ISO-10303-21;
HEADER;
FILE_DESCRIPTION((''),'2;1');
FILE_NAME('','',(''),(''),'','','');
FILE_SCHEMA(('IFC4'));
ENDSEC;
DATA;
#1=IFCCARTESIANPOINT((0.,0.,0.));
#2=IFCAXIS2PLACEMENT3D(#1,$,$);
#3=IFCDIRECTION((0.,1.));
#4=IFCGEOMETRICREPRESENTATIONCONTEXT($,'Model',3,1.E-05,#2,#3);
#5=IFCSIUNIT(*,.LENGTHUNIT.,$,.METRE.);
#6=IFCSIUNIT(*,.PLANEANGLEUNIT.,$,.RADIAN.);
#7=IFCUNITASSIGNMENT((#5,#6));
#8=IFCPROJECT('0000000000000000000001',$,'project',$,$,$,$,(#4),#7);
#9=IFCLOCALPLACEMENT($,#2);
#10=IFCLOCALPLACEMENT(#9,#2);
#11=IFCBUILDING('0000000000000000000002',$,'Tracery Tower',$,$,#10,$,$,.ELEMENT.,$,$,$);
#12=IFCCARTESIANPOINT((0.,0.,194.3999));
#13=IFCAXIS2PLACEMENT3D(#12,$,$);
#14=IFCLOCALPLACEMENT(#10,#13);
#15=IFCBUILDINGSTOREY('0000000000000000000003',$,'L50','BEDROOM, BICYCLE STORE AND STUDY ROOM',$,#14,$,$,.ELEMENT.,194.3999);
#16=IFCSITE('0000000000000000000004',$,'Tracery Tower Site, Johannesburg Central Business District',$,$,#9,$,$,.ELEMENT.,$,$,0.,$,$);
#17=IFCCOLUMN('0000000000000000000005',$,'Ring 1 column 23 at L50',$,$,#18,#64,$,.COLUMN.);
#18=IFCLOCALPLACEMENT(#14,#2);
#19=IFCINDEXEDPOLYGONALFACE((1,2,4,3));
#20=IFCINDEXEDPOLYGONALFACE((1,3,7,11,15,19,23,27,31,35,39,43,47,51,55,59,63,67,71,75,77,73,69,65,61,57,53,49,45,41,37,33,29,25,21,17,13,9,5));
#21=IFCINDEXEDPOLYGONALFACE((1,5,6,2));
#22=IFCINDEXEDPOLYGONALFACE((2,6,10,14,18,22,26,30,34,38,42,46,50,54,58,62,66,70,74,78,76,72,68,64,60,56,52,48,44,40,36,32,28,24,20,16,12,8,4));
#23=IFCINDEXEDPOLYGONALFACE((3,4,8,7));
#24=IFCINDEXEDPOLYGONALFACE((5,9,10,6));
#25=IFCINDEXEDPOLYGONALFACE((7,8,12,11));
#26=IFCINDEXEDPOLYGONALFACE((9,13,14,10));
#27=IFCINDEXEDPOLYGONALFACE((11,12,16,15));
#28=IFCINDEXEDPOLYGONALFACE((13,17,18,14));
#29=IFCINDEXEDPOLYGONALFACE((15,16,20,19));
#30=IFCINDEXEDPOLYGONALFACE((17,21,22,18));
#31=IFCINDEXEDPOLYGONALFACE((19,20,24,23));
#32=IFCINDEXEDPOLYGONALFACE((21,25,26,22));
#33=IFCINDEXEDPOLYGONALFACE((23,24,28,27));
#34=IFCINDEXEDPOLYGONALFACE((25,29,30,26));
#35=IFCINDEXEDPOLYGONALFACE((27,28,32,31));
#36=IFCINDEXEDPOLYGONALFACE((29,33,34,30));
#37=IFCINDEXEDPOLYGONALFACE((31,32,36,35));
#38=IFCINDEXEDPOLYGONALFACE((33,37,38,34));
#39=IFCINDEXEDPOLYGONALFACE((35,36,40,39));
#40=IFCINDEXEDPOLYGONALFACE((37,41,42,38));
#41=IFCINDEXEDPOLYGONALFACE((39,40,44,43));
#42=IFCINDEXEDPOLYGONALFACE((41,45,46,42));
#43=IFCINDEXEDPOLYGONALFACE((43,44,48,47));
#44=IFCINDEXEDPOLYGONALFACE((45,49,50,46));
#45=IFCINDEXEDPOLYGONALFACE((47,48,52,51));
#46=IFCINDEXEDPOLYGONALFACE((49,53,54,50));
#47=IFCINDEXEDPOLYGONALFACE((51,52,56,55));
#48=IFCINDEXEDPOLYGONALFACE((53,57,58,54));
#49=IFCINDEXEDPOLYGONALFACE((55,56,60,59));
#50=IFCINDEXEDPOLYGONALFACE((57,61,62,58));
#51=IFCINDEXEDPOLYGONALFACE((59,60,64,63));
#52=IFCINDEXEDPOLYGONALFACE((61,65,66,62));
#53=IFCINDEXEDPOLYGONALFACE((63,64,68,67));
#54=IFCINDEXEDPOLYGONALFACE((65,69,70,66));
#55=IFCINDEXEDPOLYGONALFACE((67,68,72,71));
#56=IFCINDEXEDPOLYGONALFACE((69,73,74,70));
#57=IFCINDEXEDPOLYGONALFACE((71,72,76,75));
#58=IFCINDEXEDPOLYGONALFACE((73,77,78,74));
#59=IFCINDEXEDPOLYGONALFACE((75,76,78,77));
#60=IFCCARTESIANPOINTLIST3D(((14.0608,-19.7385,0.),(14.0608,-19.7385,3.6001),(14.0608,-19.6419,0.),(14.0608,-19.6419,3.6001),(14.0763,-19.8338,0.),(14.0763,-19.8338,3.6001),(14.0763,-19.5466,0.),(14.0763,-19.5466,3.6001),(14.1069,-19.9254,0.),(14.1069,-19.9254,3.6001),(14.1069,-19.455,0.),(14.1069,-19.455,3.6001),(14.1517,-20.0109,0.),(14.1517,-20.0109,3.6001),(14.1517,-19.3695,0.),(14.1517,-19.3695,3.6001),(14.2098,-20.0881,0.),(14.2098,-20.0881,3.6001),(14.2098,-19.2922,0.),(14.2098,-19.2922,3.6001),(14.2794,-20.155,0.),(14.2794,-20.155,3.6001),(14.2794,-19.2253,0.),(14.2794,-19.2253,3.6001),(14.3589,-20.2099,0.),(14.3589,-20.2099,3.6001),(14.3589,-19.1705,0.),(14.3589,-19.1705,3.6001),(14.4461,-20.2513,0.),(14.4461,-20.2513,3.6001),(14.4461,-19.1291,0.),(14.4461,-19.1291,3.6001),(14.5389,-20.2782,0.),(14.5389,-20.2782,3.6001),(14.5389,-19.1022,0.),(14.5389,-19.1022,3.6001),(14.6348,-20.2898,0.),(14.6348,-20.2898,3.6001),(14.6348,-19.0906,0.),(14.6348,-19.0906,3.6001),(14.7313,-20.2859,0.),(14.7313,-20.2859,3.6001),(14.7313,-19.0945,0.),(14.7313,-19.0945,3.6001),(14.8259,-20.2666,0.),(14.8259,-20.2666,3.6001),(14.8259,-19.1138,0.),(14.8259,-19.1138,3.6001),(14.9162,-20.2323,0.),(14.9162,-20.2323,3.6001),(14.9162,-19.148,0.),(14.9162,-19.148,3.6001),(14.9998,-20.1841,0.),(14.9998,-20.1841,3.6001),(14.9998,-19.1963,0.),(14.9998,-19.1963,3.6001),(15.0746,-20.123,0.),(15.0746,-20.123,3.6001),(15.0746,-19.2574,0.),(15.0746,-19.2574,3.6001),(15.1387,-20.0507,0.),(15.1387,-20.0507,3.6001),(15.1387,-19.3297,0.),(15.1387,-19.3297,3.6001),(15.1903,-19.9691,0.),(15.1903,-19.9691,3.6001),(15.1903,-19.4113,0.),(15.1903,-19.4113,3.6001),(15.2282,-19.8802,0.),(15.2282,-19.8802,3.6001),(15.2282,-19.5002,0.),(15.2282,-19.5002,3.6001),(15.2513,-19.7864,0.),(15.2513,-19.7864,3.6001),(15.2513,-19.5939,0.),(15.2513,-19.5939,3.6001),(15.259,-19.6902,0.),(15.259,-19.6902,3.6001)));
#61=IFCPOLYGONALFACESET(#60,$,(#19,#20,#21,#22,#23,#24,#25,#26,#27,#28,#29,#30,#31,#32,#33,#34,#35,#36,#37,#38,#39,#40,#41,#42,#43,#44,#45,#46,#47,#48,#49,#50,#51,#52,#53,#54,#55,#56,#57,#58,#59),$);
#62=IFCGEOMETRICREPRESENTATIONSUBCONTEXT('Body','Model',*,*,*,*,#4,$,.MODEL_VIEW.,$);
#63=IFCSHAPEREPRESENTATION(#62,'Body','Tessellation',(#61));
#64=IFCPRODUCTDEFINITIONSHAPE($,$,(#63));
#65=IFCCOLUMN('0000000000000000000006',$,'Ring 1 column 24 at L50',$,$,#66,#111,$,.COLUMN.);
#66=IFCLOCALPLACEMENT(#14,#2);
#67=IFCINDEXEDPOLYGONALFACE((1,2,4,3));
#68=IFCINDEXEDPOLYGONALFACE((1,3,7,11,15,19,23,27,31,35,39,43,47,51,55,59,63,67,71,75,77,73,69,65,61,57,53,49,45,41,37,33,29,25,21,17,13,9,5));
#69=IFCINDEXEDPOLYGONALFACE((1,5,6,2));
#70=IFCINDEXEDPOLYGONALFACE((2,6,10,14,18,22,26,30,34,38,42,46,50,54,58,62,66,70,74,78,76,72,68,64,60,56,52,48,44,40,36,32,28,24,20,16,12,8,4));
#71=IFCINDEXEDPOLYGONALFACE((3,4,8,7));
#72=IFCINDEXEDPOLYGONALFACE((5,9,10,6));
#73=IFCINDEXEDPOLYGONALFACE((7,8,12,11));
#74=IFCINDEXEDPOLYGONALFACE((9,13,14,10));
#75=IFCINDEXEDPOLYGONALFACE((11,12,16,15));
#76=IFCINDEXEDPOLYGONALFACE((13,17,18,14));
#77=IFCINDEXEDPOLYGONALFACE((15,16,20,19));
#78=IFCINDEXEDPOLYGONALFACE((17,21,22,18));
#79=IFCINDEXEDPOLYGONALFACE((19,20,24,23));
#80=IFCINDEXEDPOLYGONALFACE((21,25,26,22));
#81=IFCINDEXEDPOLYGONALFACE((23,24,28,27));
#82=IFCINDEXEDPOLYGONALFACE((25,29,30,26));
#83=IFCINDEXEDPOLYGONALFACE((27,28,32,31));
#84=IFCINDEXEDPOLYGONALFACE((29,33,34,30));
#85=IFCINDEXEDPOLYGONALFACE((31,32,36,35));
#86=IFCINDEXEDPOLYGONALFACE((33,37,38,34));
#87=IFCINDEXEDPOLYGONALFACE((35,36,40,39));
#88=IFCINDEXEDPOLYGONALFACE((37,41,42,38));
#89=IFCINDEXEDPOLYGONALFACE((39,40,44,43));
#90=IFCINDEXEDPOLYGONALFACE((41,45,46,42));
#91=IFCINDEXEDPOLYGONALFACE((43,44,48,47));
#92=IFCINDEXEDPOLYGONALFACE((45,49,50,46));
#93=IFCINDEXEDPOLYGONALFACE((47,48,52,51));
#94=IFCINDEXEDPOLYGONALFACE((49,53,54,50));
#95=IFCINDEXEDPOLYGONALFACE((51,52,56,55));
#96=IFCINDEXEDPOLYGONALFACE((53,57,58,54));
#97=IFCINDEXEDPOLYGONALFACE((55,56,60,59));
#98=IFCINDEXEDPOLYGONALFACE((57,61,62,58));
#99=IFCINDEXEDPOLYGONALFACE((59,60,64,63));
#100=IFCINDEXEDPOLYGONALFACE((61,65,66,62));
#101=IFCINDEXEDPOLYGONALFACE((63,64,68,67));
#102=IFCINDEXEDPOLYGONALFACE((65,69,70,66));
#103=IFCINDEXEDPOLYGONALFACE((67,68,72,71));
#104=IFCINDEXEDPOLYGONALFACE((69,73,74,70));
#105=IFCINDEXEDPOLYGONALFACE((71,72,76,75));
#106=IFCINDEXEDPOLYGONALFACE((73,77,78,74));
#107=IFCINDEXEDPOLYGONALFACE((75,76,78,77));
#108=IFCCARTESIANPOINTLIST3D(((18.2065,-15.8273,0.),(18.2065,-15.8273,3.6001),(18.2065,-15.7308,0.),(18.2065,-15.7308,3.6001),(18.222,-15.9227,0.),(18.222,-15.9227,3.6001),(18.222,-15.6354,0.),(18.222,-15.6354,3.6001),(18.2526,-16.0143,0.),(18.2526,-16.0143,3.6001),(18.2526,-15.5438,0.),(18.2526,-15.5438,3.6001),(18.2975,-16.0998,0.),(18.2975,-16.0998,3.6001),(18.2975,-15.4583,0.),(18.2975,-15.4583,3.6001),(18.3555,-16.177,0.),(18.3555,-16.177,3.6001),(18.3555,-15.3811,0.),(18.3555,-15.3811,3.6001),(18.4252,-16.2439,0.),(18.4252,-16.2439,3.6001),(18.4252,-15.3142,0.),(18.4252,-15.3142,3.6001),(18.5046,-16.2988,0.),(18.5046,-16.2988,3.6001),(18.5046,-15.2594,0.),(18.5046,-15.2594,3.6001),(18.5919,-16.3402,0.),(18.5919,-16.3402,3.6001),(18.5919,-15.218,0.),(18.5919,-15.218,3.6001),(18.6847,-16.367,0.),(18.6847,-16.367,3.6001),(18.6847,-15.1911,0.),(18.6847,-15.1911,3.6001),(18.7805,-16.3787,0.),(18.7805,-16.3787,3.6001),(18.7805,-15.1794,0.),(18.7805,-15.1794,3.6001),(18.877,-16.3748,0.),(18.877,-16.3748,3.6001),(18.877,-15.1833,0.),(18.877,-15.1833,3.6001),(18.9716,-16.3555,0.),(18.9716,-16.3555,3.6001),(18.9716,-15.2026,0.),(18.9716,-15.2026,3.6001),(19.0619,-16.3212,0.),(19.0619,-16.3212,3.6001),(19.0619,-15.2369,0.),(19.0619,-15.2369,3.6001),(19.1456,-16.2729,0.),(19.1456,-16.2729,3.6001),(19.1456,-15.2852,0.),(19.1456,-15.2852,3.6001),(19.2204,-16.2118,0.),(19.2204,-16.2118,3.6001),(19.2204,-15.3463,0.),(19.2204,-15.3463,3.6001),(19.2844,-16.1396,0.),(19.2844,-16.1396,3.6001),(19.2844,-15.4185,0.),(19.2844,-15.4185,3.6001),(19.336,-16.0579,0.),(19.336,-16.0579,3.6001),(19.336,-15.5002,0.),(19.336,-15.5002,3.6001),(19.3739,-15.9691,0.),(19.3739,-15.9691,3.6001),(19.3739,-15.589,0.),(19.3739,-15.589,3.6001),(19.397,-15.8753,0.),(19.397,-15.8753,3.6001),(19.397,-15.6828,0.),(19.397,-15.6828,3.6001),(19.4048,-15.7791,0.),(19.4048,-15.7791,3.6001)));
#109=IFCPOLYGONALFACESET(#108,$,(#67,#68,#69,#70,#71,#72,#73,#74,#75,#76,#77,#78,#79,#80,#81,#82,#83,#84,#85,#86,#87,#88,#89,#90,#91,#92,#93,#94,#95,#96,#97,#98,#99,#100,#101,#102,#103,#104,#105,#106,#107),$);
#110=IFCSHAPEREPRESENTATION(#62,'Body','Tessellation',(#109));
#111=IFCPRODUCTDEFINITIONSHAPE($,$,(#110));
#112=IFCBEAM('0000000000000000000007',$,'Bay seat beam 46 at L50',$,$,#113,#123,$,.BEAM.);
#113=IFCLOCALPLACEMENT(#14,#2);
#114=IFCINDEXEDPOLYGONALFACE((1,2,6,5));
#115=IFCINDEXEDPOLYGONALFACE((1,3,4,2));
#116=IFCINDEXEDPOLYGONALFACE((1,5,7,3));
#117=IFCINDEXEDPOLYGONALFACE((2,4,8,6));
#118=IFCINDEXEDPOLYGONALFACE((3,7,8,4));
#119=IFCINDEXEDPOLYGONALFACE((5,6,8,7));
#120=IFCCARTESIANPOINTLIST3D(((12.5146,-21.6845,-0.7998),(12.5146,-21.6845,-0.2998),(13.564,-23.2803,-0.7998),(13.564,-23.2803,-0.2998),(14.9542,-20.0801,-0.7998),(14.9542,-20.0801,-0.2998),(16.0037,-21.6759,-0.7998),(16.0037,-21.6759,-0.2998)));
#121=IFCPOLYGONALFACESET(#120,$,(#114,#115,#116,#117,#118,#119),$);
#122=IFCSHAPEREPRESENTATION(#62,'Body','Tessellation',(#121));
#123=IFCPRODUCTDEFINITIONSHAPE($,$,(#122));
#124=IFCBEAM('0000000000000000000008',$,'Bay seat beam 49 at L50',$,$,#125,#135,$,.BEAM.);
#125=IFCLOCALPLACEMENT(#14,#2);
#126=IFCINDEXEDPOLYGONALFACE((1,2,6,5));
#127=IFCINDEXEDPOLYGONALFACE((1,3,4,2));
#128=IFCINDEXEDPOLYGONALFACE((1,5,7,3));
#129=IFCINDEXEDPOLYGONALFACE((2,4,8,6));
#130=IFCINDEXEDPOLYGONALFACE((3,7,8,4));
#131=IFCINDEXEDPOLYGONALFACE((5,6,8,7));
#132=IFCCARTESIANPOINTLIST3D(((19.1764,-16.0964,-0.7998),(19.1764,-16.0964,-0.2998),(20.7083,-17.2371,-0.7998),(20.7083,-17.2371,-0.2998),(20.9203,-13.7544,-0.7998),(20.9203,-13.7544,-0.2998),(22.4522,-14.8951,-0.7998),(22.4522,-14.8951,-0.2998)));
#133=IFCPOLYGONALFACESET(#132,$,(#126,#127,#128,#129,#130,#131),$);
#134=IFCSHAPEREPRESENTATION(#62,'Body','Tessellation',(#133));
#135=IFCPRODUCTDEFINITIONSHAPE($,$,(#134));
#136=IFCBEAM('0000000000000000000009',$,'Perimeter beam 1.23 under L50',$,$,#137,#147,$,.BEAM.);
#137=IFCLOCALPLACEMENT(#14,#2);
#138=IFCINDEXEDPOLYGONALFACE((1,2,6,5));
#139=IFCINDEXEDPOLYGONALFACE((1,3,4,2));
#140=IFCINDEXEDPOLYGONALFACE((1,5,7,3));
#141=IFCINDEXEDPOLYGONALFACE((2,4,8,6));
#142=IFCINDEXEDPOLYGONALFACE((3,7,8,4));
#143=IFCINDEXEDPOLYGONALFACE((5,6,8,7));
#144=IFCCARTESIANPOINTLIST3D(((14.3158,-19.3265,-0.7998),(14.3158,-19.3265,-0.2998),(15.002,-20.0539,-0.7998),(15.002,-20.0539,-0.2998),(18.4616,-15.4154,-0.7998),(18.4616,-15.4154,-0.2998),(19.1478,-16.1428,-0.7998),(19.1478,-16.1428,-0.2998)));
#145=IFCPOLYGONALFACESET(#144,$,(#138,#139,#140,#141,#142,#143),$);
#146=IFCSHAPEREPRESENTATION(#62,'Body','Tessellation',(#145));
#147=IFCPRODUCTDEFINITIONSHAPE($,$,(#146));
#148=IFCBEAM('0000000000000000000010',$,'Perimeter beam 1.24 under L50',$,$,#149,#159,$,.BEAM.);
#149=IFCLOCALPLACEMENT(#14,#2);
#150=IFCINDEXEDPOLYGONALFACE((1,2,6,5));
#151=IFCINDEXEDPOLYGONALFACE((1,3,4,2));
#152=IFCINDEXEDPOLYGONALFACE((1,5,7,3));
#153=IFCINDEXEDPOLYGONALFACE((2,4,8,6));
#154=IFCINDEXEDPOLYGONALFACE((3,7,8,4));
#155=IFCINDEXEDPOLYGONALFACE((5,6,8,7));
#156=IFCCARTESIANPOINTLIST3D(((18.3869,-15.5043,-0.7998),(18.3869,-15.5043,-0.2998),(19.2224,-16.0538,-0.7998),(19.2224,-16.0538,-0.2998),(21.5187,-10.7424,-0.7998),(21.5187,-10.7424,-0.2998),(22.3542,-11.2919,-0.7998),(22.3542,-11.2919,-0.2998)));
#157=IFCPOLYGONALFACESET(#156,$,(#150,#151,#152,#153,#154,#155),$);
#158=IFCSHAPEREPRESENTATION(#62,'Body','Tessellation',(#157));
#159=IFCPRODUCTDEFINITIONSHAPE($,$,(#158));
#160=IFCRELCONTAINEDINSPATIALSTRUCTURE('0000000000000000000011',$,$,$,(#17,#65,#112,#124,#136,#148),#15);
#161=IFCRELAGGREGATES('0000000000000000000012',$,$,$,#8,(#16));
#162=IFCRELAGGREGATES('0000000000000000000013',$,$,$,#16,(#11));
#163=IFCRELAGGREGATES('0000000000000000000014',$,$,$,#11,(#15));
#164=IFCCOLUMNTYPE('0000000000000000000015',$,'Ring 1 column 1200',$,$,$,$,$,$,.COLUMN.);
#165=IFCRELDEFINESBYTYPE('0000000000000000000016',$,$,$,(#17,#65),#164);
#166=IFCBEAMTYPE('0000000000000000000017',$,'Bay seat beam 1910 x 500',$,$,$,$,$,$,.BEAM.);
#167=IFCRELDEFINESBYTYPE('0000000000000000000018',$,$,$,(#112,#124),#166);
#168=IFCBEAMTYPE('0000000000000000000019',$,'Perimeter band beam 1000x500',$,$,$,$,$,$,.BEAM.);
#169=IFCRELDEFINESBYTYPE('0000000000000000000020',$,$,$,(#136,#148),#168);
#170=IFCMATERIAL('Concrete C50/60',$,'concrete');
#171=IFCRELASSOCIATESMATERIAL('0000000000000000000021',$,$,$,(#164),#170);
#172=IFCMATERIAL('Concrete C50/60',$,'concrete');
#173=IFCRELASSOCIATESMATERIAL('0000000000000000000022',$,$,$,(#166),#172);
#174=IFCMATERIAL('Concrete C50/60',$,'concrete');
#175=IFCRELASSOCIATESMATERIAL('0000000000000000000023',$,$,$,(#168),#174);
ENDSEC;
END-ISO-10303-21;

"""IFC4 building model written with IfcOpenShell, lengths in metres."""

from ifc_helpers import new_model, si_unit, direction, frame, origin, origin_2d, place, context, subcontext, project, spatial, rectangle, circle, extrude, material, material_profile, profile_set, type_object, element, save


model = new_model("IFC4")

# Units and contexts
model_context = context("Model", 3, precision=1e-05, world=origin(), true_north=direction((0.0, 1.0)))
body_context = subcontext(model_context, "Body", "Model", "MODEL_VIEW")
ifc_project = project(units=[si_unit("LENGTHUNIT", "METRE"), si_unit("PLANEANGLEUNIT", "RADIAN")], contexts=[model_context])

# Site, building, storey
site_placement = place(None, origin())
site = spatial("IfcSite", under=ifc_project, at=site_placement, Name="Tracery Tower Site, Johannesburg Central Business District", CompositionType="ELEMENT", RefElevation=0.0)
building_placement = place(site_placement, origin())
building = spatial("IfcBuilding", under=site, at=building_placement, Name="Tracery Tower", CompositionType="ELEMENT")
storey_placement = place(building_placement, frame((0.0, 0.0, 194.3999)))
storey = spatial("IfcBuildingStorey", under=building, at=storey_placement, Name="L50", Description="BEDROOM, BICYCLE STORE AND STUDY ROOM", CompositionType="ELEMENT", Elevation=194.3999)

# Columns
ifc_material_1 = material(Name="Concrete C50/60", Category="concrete")
ifc_material_profile_1 = material_profile(ifc_material_1, circle(Radius=0.6001, at=origin_2d()), Name="RC D1200")
ifc_profile_set_1 = profile_set([ifc_material_profile_1], Name="Concrete C50/60")
column_type = type_object("IfcColumnType", Name="Ring 1 column 1200", PredefinedType="COLUMN", material=ifc_profile_set_1)
for number, where, z_axis, x_axis, name in (
    (1, (14.6589, -19.6902, 0.0), (0.0, 0.0, 1.0), (1.0, 0.0, 0.0), "Ring 1 column 23 at L50"),
    (2, (18.8047, -15.7791, 0.0), (0.0, 0.0, 1.0), (1.0, 0.0, 0.0), "Ring 1 column 24 at L50"),
):
    element("IfcColumn", number, at=place(storey_placement, frame(where, z_axis=z_axis, x_axis=x_axis)), inside=storey, type_object=column_type, Name=name, PredefinedType="COLUMN", context=body_context, shape_type="SweptSolid", body=[
        extrude(circle(Radius=0.6001, at=origin_2d()), origin(), (0.0, 0.0, 1.0), 3.6001),
    ])

# Beams
ifc_material_2 = material(Name="Concrete C50/60", Category="concrete")
ifc_material_profile_2 = material_profile(ifc_material_2, rectangle(XDim=1.9099, YDim=0.5, at=origin_2d()), Name="RC 1910x500")
ifc_profile_set_2 = profile_set([ifc_material_profile_2], Name="Concrete C50/60")
beam_type_1 = type_object("IfcBeamType", Name="Bay seat beam 1910 x 500", PredefinedType="BEAM", material=ifc_profile_set_2)
for number, where, z_axis, x_axis, name in (
    (3, (13.0393, -22.4824, -0.5498), (0.835507, 0.54948, 0.0), (-0.54948, 0.835507, 0.0), "Bay seat beam 46 at L50"),
    (4, (19.9424, -16.6667, -0.5498), (0.597227, 0.802072, 0.0), (-0.802072, 0.597227, 0.0), "Bay seat beam 49 at L50"),
):
    element("IfcBeam", number, at=place(storey_placement, frame(where, z_axis=z_axis, x_axis=x_axis)), inside=storey, type_object=beam_type_1, Name=name, PredefinedType="BEAM", context=body_context, shape_type="SweptSolid", body=[
        extrude(rectangle(XDim=1.9099, YDim=0.5, at=origin_2d()), origin(), (0.0, 0.0, 1.0), 2.9199),
    ])
ifc_material_3 = material(Name="Concrete C50/60", Category="concrete")
ifc_material_profile_3 = material_profile(ifc_material_3, rectangle(XDim=1.0, YDim=0.5, at=origin_2d()), Name="RC 1000x500")
ifc_profile_set_3 = profile_set([ifc_material_profile_3], Name="Concrete C50/60")
beam_type_2 = type_object("IfcBeamType", Name="Perimeter band beam 1000x500", PredefinedType="BEAM", material=ifc_profile_set_3)
for number, where, z_axis, x_axis, name in (
    (5, (14.6589, -19.6902, -0.5498), (0.72739, 0.686225, 0.0), (-0.686225, 0.72739, 0.0), "Perimeter beam 1.23 under L50"),
    (6, (18.8047, -15.7791, -0.5498), (0.54949, 0.8355, 0.0), (-0.8355, 0.54949, 0.0), "Perimeter beam 1.24 under L50"),
):
    element("IfcBeam", number, at=place(storey_placement, frame(where, z_axis=z_axis, x_axis=x_axis)), inside=storey, type_object=beam_type_2, Name=name, PredefinedType="BEAM", context=body_context, shape_type="SweptSolid", body=[
        extrude(rectangle(XDim=1.0, YDim=0.5, at=origin_2d()), origin(), (0.0, 0.0, 1.0), 5.6995),
    ])

save(model, "model.ifc")
